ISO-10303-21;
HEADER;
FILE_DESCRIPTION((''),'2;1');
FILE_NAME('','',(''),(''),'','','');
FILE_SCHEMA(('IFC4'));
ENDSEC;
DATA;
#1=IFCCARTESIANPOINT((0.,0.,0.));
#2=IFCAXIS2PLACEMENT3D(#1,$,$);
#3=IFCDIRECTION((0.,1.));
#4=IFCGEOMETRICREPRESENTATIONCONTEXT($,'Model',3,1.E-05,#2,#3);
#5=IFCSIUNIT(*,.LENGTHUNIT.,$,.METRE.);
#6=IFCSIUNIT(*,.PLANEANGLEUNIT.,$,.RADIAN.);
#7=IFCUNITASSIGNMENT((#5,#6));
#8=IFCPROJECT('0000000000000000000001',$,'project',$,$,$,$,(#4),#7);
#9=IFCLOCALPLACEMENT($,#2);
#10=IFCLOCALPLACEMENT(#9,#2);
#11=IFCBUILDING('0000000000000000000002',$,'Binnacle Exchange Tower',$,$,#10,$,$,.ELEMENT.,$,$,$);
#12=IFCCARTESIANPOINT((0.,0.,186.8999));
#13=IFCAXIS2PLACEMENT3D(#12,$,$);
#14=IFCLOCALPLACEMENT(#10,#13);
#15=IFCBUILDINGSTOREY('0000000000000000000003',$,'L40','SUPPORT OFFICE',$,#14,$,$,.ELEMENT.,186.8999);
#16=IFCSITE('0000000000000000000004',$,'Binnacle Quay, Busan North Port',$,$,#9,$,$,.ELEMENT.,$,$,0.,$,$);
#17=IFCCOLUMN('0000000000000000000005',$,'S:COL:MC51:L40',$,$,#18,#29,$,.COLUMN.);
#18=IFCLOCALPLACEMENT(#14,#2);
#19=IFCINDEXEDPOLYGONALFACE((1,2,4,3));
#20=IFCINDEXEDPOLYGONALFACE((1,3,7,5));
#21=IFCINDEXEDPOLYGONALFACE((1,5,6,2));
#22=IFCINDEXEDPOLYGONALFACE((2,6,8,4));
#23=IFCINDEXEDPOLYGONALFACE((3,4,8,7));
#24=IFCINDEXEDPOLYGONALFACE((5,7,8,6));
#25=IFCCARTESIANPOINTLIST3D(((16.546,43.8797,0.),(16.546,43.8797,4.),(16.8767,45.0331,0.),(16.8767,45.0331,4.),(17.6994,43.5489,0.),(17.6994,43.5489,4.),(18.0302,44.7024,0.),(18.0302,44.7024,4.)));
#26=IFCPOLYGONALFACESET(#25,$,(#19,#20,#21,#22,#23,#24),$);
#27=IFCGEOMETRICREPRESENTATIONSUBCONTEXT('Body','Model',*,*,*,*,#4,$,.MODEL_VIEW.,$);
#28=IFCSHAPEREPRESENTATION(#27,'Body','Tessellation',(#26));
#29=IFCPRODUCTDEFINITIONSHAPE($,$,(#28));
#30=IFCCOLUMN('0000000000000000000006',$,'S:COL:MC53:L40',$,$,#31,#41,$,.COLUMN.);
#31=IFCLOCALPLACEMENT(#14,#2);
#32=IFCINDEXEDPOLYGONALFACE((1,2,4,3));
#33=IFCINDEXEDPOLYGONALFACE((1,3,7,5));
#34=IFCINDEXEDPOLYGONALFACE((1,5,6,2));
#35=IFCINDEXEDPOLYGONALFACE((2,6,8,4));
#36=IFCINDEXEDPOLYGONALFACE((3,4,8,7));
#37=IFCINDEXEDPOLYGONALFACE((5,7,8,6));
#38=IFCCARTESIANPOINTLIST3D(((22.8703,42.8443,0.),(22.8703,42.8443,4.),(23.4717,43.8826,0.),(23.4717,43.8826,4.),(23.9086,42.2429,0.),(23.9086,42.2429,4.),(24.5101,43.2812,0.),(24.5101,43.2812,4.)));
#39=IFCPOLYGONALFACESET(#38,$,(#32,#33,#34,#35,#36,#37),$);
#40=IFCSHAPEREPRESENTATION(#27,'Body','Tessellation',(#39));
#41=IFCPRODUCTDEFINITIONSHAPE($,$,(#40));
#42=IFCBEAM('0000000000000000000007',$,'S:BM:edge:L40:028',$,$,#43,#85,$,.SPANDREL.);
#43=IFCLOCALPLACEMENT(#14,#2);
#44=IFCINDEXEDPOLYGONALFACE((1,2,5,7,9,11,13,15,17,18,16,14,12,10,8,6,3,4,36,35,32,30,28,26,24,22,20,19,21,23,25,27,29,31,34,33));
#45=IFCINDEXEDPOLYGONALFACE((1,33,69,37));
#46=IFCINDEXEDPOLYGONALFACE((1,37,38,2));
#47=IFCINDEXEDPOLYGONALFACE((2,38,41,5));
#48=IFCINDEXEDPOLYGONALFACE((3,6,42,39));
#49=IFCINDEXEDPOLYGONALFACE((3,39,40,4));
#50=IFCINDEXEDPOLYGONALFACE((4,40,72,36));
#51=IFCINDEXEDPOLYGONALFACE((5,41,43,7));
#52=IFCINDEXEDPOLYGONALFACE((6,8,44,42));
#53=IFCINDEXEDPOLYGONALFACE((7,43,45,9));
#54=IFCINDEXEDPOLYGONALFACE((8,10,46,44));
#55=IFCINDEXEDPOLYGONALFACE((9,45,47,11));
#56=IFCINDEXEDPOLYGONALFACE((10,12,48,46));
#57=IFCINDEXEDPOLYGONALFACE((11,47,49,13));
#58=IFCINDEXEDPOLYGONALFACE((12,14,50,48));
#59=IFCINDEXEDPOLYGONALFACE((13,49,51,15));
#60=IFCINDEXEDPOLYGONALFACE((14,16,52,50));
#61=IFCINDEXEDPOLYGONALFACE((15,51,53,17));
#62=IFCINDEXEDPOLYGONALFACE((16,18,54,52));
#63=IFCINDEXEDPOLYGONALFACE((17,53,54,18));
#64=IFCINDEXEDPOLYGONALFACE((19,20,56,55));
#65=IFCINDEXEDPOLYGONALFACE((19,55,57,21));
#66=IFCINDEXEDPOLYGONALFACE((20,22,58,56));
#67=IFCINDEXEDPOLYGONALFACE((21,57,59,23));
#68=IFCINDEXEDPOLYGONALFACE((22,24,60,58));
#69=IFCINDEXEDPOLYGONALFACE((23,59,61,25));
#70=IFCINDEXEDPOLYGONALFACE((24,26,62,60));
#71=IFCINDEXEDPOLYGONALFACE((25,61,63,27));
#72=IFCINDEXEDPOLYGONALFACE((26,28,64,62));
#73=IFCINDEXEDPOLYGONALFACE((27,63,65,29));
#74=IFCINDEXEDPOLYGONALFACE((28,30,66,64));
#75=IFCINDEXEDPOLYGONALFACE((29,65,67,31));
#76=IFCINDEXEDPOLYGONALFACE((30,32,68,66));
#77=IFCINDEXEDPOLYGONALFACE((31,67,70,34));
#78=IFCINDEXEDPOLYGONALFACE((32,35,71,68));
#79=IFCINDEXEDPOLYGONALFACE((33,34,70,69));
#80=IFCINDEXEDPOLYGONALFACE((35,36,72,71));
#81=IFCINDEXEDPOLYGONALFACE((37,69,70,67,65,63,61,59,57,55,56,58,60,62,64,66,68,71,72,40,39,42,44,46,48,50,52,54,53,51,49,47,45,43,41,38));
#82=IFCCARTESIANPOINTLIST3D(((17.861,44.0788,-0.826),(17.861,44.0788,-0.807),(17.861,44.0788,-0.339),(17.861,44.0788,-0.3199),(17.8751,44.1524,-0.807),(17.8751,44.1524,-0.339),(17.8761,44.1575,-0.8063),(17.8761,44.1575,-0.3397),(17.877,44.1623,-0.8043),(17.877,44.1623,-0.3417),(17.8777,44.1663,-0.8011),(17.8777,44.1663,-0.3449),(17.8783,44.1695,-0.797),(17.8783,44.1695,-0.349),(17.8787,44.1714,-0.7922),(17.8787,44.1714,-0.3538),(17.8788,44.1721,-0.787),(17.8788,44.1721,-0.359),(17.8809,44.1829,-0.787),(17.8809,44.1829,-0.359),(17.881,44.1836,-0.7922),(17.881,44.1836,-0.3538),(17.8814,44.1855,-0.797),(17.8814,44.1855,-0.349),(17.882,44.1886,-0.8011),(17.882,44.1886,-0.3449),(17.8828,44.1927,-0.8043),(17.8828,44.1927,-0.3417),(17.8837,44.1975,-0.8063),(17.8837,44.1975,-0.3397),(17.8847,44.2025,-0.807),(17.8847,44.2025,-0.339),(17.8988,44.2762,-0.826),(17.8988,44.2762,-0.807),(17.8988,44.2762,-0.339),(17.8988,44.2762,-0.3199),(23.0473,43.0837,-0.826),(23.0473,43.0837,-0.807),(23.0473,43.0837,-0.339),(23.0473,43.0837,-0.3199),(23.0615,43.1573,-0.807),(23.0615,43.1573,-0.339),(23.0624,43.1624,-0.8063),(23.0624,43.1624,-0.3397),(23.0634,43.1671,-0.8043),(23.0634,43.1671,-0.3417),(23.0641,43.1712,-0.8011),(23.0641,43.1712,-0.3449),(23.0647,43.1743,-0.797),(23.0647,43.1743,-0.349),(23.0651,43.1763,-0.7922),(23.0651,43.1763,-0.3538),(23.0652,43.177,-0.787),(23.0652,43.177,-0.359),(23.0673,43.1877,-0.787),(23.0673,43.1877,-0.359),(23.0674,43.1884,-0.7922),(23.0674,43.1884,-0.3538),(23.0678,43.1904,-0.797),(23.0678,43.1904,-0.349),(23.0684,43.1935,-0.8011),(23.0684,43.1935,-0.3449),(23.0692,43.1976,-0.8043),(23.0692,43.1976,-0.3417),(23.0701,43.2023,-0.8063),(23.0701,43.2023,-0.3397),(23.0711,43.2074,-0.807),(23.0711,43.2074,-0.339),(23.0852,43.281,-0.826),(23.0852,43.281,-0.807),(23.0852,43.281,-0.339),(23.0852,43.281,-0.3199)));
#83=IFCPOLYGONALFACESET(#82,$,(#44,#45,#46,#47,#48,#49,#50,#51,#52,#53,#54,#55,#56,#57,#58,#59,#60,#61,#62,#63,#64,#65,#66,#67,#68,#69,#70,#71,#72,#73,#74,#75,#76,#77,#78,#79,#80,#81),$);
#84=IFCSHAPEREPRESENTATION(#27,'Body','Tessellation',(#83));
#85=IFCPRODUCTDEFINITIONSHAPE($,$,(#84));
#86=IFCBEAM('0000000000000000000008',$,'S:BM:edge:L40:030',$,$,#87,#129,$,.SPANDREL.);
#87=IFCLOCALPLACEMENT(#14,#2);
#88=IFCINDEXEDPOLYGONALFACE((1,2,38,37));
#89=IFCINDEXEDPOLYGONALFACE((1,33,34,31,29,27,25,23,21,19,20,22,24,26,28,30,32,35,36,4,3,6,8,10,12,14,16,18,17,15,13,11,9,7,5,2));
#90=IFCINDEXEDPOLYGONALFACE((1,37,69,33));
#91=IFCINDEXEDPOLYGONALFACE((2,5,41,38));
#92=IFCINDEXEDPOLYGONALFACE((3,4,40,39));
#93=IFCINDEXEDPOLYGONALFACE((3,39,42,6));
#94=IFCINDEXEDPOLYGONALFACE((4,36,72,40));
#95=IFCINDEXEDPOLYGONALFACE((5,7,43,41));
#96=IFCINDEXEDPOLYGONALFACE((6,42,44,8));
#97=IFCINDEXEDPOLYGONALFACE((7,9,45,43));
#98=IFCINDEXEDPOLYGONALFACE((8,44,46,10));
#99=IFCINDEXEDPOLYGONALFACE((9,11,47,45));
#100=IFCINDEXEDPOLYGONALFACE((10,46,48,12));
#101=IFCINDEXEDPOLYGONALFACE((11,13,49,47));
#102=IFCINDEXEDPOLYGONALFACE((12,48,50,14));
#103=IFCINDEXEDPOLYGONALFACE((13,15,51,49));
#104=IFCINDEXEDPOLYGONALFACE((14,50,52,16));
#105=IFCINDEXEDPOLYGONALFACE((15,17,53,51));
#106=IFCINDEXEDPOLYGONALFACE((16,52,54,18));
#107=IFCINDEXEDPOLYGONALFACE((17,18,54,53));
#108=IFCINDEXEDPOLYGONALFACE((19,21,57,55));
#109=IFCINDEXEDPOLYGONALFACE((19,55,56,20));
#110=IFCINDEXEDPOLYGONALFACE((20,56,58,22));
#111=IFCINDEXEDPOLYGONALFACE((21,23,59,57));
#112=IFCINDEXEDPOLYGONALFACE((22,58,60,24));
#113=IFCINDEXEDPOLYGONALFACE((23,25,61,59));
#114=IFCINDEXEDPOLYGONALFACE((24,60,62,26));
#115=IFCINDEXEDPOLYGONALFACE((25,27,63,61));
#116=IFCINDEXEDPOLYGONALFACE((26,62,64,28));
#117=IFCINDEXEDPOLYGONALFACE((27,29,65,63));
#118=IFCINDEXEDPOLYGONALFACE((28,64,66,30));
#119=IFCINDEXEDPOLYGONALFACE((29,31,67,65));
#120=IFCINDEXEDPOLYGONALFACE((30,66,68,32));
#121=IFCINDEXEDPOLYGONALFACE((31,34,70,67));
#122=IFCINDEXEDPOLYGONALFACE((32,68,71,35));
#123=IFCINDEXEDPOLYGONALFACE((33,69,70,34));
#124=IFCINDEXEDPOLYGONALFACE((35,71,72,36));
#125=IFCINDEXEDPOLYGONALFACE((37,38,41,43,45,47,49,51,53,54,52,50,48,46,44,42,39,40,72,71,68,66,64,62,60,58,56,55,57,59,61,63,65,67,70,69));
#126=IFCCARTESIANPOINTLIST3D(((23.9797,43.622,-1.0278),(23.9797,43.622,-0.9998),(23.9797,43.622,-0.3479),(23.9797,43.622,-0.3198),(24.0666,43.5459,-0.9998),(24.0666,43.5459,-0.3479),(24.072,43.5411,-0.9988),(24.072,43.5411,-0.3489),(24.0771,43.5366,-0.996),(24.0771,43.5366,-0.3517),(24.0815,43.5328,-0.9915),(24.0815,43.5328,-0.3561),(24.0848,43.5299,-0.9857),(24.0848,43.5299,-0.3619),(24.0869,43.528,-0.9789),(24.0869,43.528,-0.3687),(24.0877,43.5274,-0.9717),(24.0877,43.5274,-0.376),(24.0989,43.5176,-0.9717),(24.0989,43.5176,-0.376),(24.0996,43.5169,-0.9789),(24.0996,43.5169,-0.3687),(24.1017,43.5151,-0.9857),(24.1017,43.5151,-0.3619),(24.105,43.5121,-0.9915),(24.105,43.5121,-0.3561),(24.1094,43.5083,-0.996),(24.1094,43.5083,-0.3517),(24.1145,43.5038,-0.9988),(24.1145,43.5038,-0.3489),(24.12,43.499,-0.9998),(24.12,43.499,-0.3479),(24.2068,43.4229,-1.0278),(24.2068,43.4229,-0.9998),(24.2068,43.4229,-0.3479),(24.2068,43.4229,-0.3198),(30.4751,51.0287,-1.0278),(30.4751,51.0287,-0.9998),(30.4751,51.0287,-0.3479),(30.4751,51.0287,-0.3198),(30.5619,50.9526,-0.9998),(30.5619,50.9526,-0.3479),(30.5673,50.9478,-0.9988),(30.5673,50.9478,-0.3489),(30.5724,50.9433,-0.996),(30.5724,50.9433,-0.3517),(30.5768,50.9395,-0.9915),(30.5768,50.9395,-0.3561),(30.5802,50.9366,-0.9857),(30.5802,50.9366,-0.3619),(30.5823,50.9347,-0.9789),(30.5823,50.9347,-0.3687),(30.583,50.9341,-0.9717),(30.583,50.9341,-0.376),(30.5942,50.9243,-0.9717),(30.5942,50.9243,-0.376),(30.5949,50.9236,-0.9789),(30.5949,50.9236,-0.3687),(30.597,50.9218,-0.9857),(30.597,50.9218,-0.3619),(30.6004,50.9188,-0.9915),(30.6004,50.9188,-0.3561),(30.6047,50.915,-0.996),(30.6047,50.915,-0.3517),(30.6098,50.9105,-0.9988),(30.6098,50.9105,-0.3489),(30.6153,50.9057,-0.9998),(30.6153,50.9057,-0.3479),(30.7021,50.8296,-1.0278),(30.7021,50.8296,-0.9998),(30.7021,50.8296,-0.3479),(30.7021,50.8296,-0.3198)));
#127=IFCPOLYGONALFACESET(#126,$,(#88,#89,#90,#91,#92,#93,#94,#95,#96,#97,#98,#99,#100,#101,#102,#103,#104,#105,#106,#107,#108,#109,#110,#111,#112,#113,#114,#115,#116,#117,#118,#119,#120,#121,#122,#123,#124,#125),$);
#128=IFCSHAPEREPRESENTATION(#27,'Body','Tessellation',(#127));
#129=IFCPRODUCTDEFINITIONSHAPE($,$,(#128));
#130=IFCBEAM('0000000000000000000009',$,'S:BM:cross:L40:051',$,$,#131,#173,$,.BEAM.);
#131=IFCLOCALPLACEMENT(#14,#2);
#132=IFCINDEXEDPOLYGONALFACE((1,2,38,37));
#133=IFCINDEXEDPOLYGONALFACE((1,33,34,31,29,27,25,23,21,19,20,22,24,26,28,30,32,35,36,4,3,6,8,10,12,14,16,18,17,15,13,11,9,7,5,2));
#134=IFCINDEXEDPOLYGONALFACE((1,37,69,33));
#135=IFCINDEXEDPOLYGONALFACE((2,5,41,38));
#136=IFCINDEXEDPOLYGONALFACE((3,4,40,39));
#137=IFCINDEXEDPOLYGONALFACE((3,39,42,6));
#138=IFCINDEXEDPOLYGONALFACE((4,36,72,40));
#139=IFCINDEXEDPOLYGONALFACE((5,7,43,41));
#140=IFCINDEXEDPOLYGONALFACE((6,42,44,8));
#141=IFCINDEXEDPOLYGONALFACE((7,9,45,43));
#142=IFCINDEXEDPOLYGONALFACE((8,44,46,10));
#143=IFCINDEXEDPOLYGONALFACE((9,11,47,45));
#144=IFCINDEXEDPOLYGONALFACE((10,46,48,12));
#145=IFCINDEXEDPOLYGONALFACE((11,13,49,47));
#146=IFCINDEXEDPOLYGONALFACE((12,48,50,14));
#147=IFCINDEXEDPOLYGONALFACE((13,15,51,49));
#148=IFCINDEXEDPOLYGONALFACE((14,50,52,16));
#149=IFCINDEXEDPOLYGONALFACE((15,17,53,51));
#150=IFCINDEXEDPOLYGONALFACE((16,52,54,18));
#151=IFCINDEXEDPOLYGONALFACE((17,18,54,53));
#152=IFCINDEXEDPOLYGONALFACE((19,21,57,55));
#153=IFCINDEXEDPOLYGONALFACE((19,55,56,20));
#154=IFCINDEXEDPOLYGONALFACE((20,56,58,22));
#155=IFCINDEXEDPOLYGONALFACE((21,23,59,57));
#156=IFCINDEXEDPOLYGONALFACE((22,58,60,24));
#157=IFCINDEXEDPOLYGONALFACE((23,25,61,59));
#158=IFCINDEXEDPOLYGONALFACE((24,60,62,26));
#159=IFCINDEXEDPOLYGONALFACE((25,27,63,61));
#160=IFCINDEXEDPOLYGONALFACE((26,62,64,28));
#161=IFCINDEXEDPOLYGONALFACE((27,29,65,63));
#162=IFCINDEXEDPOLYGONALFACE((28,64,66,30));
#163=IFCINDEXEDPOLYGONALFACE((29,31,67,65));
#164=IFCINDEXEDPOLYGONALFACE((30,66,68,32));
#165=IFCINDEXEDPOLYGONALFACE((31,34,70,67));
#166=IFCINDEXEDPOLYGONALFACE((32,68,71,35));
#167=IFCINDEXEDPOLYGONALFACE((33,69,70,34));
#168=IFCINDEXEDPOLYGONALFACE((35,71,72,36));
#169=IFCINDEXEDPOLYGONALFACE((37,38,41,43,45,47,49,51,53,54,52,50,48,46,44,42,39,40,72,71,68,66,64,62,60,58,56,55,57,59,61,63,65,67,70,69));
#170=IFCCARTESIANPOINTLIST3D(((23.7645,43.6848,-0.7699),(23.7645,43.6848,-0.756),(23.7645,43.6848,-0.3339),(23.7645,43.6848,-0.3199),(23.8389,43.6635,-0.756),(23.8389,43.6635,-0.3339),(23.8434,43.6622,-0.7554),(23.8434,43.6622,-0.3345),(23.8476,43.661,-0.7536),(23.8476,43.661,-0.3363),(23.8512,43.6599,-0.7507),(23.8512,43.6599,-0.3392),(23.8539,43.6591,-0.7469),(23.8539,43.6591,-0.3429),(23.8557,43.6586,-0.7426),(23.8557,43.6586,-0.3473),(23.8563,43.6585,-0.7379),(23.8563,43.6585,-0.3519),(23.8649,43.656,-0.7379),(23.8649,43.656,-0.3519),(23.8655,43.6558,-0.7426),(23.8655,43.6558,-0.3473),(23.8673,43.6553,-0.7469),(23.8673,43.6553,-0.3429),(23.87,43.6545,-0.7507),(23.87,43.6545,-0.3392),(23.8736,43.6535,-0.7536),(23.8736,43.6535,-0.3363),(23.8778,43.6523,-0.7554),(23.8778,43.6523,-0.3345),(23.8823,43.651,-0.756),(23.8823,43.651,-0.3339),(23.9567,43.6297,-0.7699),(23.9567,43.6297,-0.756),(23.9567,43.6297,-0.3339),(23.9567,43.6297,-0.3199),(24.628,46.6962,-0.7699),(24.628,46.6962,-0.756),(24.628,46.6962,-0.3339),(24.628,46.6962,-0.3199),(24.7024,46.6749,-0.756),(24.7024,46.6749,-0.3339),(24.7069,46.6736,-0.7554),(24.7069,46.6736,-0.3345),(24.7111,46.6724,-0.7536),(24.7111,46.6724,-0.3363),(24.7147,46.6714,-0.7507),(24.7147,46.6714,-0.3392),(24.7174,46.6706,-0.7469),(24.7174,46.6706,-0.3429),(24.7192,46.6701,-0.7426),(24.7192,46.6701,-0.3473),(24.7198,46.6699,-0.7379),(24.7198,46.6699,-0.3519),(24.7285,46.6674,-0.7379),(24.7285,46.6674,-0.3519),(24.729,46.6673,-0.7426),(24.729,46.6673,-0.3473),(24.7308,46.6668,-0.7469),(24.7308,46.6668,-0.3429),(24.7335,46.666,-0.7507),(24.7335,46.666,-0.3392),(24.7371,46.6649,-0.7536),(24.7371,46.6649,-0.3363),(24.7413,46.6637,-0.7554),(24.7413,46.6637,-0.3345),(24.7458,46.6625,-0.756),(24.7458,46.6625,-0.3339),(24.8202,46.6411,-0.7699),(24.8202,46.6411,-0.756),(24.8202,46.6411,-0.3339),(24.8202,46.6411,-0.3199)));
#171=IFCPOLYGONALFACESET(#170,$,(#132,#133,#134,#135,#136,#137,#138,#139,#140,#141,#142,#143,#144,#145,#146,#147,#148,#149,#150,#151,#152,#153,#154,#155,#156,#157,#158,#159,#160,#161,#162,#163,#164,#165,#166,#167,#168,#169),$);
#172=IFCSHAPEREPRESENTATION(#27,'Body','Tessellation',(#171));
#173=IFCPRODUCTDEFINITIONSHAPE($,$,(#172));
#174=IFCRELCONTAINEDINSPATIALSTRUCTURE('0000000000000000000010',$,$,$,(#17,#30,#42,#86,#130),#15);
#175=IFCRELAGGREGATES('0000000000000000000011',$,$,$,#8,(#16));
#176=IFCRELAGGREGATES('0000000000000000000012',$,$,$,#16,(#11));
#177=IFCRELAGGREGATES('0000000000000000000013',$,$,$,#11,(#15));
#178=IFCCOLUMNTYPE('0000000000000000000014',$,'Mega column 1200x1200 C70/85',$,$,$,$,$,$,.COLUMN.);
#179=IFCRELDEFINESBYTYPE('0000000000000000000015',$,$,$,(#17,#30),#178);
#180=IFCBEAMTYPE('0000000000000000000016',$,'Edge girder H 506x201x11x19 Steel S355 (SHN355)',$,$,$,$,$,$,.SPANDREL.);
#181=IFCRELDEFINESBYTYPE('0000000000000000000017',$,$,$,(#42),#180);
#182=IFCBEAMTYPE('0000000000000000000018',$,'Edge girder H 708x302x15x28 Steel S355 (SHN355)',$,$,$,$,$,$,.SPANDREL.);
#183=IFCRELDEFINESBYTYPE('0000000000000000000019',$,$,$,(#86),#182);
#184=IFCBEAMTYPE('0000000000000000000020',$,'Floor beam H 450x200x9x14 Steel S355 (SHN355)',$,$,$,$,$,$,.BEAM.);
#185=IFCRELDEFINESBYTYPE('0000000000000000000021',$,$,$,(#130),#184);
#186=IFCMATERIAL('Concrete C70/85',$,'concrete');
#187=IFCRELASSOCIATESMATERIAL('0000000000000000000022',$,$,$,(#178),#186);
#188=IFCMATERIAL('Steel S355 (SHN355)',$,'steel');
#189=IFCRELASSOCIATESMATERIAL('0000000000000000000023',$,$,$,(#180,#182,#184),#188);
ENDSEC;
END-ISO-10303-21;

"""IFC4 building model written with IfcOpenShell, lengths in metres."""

from ifc_helpers import new_model, si_unit, direction, frame, origin, origin_2d, place, context, subcontext, project, spatial, rectangle, i_section, extrude, material, material_profile, profile_set, type_object, element, save


model = new_model("IFC4")

# Units and contexts
model_context = context("Model", 3, precision=1e-05, world=origin(), true_north=direction((0.0, 1.0)))
body_context = subcontext(model_context, "Body", "Model", "MODEL_VIEW")
ifc_project = project(units=[si_unit("LENGTHUNIT", "METRE"), si_unit("PLANEANGLEUNIT", "RADIAN")], contexts=[model_context])

# Site, building, storey
site_placement = place(None, origin())
site = spatial("IfcSite", under=ifc_project, at=site_placement, Name="Binnacle Quay, Busan North Port", CompositionType="ELEMENT", RefElevation=0.0)
building_placement = place(site_placement, origin())
building = spatial("IfcBuilding", under=site, at=building_placement, Name="Binnacle Exchange Tower", CompositionType="ELEMENT")
storey_placement = place(building_placement, frame((0.0, 0.0, 186.8999)))
storey = spatial("IfcBuildingStorey", under=building, at=storey_placement, Name="L40", Description="SUPPORT OFFICE", CompositionType="ELEMENT", Elevation=186.8999)

# Columns
ifc_material_1 = material(Name="Concrete C70/85", Category="concrete")
ifc_material_profile_1 = material_profile(ifc_material_1, rectangle(XDim=1.2, YDim=1.2, at=origin_2d()), Name="Mega column 1200x1200 C70/85")
ifc_profile_set_1 = profile_set([ifc_material_profile_1], Name="Concrete C70/85")
column_type = type_object("IfcColumnType", Name="Mega column 1200x1200 C70/85", PredefinedType="COLUMN", material=ifc_profile_set_1)
for number, where, z_axis, x_axis, name in (
    (1, (17.2881, 44.291, 0.0), (0.0, 0.0, 1.0), (0.961262, -0.275637, 0.0), "S:COL:MC51:L40"),
    (2, (23.6902, 43.0627, 0.0), (0.0, 0.0, 1.0), (-0.865326, 0.501209, 0.0), "S:COL:MC53:L40"),
):
    element("IfcColumn", number, at=place(storey_placement, frame(where, z_axis=z_axis, x_axis=x_axis)), inside=storey, type_object=column_type, Name=name, PredefinedType="COLUMN", context=body_context, shape_type="SweptSolid", body=[
        extrude(rectangle(XDim=1.2, YDim=1.2, at=origin_2d()), origin(), (0.0, 0.0, 1.0), 4.0),
    ])

# Beams
ifc_material_2 = material(Name="Steel S355 (SHN355)", Category="steel")
ifc_material_profile_2 = material_profile(ifc_material_2, i_section(OverallWidth=0.2009, OverallDepth=0.5061, WebThickness=0.011, FlangeThickness=0.019, FilletRadius=0.02, at=origin_2d()), Name="H 506x201x11x19")
ifc_profile_set_2 = profile_set([ifc_material_profile_2], Name="Steel S355 (SHN355)")
beam_type_1 = type_object("IfcBeamType", Name="Edge girder H 506x201x11x19 Steel S355 (SHN355)", PredefinedType="SPANDREL", material=ifc_profile_set_2)
beam_1_placement = place(storey_placement, frame((17.8799, 44.1775, -0.573), z_axis=(0.982085, -0.188438, 0.0), x_axis=(0.188438, 0.982085, 0.0)))
element("IfcBeam", 3, at=beam_1_placement, inside=storey, type_object=beam_type_1, Name="S:BM:edge:L40:028", PredefinedType="SPANDREL", context=body_context, shape_type="SweptSolid", body=[
    extrude(i_section(OverallWidth=0.2009, OverallDepth=0.5061, WebThickness=0.011, FlangeThickness=0.019, FilletRadius=0.02, at=origin_2d()), origin(), (0.0, 0.0, 1.0), 5.281),
])
ifc_material_profile_3 = material_profile(ifc_material_2, i_section(OverallWidth=0.302, OverallDepth=0.708, WebThickness=0.0149, FlangeThickness=0.0281, FilletRadius=0.0281, at=origin_2d()), Name="H 708x302x15x28")
ifc_profile_set_3 = profile_set([ifc_material_profile_3], Name="Steel S355 (SHN355)")
beam_type_2 = type_object("IfcBeamType", Name="Edge girder H 708x302x15x28 Steel S355 (SHN355)", PredefinedType="SPANDREL", material=ifc_profile_set_3)
beam_2_placement = place(storey_placement, frame((24.0933, 43.5225, -0.6738), z_axis=(0.659336, 0.751849, 0.0), x_axis=(-0.751849, 0.659336, 0.0)))
element("IfcBeam", 4, at=beam_2_placement, inside=storey, type_object=beam_type_2, Name="S:BM:edge:L40:030", PredefinedType="SPANDREL", context=body_context, shape_type="SweptSolid", body=[
    extrude(i_section(OverallWidth=0.302, OverallDepth=0.708, WebThickness=0.0149, FlangeThickness=0.0281, FilletRadius=0.0281, at=origin_2d()), origin(), (0.0, 0.0, 1.0), 9.8513),
])
ifc_material_profile_4 = material_profile(ifc_material_2, i_section(OverallWidth=0.2, OverallDepth=0.45, WebThickness=0.009, FlangeThickness=0.0139, FilletRadius=0.0181, at=origin_2d()), Name="H 450x200x9x14")
ifc_profile_set_4 = profile_set([ifc_material_profile_4], Name="Steel S355 (SHN355)")
beam_type_3 = type_object("IfcBeamType", Name="Floor beam H 450x200x9x14 Steel S355 (SHN355)", PredefinedType="BEAM", material=ifc_profile_set_4)
beam_3_placement = place(storey_placement, frame((23.8606, 43.6572, -0.5449), z_axis=(0.275637, 0.961262, 0.0), x_axis=(-0.961262, 0.275637, 0.0)))
element("IfcBeam", 5, at=beam_3_placement, inside=storey, type_object=beam_type_3, Name="S:BM:cross:L40:051", PredefinedType="BEAM", context=body_context, shape_type="SweptSolid", body=[
    extrude(i_section(OverallWidth=0.2, OverallDepth=0.45, WebThickness=0.009, FlangeThickness=0.0139, FilletRadius=0.0181, at=origin_2d()), origin(), (0.0, 0.0, 1.0), 3.1328),
])

save(model, "model.ifc")
